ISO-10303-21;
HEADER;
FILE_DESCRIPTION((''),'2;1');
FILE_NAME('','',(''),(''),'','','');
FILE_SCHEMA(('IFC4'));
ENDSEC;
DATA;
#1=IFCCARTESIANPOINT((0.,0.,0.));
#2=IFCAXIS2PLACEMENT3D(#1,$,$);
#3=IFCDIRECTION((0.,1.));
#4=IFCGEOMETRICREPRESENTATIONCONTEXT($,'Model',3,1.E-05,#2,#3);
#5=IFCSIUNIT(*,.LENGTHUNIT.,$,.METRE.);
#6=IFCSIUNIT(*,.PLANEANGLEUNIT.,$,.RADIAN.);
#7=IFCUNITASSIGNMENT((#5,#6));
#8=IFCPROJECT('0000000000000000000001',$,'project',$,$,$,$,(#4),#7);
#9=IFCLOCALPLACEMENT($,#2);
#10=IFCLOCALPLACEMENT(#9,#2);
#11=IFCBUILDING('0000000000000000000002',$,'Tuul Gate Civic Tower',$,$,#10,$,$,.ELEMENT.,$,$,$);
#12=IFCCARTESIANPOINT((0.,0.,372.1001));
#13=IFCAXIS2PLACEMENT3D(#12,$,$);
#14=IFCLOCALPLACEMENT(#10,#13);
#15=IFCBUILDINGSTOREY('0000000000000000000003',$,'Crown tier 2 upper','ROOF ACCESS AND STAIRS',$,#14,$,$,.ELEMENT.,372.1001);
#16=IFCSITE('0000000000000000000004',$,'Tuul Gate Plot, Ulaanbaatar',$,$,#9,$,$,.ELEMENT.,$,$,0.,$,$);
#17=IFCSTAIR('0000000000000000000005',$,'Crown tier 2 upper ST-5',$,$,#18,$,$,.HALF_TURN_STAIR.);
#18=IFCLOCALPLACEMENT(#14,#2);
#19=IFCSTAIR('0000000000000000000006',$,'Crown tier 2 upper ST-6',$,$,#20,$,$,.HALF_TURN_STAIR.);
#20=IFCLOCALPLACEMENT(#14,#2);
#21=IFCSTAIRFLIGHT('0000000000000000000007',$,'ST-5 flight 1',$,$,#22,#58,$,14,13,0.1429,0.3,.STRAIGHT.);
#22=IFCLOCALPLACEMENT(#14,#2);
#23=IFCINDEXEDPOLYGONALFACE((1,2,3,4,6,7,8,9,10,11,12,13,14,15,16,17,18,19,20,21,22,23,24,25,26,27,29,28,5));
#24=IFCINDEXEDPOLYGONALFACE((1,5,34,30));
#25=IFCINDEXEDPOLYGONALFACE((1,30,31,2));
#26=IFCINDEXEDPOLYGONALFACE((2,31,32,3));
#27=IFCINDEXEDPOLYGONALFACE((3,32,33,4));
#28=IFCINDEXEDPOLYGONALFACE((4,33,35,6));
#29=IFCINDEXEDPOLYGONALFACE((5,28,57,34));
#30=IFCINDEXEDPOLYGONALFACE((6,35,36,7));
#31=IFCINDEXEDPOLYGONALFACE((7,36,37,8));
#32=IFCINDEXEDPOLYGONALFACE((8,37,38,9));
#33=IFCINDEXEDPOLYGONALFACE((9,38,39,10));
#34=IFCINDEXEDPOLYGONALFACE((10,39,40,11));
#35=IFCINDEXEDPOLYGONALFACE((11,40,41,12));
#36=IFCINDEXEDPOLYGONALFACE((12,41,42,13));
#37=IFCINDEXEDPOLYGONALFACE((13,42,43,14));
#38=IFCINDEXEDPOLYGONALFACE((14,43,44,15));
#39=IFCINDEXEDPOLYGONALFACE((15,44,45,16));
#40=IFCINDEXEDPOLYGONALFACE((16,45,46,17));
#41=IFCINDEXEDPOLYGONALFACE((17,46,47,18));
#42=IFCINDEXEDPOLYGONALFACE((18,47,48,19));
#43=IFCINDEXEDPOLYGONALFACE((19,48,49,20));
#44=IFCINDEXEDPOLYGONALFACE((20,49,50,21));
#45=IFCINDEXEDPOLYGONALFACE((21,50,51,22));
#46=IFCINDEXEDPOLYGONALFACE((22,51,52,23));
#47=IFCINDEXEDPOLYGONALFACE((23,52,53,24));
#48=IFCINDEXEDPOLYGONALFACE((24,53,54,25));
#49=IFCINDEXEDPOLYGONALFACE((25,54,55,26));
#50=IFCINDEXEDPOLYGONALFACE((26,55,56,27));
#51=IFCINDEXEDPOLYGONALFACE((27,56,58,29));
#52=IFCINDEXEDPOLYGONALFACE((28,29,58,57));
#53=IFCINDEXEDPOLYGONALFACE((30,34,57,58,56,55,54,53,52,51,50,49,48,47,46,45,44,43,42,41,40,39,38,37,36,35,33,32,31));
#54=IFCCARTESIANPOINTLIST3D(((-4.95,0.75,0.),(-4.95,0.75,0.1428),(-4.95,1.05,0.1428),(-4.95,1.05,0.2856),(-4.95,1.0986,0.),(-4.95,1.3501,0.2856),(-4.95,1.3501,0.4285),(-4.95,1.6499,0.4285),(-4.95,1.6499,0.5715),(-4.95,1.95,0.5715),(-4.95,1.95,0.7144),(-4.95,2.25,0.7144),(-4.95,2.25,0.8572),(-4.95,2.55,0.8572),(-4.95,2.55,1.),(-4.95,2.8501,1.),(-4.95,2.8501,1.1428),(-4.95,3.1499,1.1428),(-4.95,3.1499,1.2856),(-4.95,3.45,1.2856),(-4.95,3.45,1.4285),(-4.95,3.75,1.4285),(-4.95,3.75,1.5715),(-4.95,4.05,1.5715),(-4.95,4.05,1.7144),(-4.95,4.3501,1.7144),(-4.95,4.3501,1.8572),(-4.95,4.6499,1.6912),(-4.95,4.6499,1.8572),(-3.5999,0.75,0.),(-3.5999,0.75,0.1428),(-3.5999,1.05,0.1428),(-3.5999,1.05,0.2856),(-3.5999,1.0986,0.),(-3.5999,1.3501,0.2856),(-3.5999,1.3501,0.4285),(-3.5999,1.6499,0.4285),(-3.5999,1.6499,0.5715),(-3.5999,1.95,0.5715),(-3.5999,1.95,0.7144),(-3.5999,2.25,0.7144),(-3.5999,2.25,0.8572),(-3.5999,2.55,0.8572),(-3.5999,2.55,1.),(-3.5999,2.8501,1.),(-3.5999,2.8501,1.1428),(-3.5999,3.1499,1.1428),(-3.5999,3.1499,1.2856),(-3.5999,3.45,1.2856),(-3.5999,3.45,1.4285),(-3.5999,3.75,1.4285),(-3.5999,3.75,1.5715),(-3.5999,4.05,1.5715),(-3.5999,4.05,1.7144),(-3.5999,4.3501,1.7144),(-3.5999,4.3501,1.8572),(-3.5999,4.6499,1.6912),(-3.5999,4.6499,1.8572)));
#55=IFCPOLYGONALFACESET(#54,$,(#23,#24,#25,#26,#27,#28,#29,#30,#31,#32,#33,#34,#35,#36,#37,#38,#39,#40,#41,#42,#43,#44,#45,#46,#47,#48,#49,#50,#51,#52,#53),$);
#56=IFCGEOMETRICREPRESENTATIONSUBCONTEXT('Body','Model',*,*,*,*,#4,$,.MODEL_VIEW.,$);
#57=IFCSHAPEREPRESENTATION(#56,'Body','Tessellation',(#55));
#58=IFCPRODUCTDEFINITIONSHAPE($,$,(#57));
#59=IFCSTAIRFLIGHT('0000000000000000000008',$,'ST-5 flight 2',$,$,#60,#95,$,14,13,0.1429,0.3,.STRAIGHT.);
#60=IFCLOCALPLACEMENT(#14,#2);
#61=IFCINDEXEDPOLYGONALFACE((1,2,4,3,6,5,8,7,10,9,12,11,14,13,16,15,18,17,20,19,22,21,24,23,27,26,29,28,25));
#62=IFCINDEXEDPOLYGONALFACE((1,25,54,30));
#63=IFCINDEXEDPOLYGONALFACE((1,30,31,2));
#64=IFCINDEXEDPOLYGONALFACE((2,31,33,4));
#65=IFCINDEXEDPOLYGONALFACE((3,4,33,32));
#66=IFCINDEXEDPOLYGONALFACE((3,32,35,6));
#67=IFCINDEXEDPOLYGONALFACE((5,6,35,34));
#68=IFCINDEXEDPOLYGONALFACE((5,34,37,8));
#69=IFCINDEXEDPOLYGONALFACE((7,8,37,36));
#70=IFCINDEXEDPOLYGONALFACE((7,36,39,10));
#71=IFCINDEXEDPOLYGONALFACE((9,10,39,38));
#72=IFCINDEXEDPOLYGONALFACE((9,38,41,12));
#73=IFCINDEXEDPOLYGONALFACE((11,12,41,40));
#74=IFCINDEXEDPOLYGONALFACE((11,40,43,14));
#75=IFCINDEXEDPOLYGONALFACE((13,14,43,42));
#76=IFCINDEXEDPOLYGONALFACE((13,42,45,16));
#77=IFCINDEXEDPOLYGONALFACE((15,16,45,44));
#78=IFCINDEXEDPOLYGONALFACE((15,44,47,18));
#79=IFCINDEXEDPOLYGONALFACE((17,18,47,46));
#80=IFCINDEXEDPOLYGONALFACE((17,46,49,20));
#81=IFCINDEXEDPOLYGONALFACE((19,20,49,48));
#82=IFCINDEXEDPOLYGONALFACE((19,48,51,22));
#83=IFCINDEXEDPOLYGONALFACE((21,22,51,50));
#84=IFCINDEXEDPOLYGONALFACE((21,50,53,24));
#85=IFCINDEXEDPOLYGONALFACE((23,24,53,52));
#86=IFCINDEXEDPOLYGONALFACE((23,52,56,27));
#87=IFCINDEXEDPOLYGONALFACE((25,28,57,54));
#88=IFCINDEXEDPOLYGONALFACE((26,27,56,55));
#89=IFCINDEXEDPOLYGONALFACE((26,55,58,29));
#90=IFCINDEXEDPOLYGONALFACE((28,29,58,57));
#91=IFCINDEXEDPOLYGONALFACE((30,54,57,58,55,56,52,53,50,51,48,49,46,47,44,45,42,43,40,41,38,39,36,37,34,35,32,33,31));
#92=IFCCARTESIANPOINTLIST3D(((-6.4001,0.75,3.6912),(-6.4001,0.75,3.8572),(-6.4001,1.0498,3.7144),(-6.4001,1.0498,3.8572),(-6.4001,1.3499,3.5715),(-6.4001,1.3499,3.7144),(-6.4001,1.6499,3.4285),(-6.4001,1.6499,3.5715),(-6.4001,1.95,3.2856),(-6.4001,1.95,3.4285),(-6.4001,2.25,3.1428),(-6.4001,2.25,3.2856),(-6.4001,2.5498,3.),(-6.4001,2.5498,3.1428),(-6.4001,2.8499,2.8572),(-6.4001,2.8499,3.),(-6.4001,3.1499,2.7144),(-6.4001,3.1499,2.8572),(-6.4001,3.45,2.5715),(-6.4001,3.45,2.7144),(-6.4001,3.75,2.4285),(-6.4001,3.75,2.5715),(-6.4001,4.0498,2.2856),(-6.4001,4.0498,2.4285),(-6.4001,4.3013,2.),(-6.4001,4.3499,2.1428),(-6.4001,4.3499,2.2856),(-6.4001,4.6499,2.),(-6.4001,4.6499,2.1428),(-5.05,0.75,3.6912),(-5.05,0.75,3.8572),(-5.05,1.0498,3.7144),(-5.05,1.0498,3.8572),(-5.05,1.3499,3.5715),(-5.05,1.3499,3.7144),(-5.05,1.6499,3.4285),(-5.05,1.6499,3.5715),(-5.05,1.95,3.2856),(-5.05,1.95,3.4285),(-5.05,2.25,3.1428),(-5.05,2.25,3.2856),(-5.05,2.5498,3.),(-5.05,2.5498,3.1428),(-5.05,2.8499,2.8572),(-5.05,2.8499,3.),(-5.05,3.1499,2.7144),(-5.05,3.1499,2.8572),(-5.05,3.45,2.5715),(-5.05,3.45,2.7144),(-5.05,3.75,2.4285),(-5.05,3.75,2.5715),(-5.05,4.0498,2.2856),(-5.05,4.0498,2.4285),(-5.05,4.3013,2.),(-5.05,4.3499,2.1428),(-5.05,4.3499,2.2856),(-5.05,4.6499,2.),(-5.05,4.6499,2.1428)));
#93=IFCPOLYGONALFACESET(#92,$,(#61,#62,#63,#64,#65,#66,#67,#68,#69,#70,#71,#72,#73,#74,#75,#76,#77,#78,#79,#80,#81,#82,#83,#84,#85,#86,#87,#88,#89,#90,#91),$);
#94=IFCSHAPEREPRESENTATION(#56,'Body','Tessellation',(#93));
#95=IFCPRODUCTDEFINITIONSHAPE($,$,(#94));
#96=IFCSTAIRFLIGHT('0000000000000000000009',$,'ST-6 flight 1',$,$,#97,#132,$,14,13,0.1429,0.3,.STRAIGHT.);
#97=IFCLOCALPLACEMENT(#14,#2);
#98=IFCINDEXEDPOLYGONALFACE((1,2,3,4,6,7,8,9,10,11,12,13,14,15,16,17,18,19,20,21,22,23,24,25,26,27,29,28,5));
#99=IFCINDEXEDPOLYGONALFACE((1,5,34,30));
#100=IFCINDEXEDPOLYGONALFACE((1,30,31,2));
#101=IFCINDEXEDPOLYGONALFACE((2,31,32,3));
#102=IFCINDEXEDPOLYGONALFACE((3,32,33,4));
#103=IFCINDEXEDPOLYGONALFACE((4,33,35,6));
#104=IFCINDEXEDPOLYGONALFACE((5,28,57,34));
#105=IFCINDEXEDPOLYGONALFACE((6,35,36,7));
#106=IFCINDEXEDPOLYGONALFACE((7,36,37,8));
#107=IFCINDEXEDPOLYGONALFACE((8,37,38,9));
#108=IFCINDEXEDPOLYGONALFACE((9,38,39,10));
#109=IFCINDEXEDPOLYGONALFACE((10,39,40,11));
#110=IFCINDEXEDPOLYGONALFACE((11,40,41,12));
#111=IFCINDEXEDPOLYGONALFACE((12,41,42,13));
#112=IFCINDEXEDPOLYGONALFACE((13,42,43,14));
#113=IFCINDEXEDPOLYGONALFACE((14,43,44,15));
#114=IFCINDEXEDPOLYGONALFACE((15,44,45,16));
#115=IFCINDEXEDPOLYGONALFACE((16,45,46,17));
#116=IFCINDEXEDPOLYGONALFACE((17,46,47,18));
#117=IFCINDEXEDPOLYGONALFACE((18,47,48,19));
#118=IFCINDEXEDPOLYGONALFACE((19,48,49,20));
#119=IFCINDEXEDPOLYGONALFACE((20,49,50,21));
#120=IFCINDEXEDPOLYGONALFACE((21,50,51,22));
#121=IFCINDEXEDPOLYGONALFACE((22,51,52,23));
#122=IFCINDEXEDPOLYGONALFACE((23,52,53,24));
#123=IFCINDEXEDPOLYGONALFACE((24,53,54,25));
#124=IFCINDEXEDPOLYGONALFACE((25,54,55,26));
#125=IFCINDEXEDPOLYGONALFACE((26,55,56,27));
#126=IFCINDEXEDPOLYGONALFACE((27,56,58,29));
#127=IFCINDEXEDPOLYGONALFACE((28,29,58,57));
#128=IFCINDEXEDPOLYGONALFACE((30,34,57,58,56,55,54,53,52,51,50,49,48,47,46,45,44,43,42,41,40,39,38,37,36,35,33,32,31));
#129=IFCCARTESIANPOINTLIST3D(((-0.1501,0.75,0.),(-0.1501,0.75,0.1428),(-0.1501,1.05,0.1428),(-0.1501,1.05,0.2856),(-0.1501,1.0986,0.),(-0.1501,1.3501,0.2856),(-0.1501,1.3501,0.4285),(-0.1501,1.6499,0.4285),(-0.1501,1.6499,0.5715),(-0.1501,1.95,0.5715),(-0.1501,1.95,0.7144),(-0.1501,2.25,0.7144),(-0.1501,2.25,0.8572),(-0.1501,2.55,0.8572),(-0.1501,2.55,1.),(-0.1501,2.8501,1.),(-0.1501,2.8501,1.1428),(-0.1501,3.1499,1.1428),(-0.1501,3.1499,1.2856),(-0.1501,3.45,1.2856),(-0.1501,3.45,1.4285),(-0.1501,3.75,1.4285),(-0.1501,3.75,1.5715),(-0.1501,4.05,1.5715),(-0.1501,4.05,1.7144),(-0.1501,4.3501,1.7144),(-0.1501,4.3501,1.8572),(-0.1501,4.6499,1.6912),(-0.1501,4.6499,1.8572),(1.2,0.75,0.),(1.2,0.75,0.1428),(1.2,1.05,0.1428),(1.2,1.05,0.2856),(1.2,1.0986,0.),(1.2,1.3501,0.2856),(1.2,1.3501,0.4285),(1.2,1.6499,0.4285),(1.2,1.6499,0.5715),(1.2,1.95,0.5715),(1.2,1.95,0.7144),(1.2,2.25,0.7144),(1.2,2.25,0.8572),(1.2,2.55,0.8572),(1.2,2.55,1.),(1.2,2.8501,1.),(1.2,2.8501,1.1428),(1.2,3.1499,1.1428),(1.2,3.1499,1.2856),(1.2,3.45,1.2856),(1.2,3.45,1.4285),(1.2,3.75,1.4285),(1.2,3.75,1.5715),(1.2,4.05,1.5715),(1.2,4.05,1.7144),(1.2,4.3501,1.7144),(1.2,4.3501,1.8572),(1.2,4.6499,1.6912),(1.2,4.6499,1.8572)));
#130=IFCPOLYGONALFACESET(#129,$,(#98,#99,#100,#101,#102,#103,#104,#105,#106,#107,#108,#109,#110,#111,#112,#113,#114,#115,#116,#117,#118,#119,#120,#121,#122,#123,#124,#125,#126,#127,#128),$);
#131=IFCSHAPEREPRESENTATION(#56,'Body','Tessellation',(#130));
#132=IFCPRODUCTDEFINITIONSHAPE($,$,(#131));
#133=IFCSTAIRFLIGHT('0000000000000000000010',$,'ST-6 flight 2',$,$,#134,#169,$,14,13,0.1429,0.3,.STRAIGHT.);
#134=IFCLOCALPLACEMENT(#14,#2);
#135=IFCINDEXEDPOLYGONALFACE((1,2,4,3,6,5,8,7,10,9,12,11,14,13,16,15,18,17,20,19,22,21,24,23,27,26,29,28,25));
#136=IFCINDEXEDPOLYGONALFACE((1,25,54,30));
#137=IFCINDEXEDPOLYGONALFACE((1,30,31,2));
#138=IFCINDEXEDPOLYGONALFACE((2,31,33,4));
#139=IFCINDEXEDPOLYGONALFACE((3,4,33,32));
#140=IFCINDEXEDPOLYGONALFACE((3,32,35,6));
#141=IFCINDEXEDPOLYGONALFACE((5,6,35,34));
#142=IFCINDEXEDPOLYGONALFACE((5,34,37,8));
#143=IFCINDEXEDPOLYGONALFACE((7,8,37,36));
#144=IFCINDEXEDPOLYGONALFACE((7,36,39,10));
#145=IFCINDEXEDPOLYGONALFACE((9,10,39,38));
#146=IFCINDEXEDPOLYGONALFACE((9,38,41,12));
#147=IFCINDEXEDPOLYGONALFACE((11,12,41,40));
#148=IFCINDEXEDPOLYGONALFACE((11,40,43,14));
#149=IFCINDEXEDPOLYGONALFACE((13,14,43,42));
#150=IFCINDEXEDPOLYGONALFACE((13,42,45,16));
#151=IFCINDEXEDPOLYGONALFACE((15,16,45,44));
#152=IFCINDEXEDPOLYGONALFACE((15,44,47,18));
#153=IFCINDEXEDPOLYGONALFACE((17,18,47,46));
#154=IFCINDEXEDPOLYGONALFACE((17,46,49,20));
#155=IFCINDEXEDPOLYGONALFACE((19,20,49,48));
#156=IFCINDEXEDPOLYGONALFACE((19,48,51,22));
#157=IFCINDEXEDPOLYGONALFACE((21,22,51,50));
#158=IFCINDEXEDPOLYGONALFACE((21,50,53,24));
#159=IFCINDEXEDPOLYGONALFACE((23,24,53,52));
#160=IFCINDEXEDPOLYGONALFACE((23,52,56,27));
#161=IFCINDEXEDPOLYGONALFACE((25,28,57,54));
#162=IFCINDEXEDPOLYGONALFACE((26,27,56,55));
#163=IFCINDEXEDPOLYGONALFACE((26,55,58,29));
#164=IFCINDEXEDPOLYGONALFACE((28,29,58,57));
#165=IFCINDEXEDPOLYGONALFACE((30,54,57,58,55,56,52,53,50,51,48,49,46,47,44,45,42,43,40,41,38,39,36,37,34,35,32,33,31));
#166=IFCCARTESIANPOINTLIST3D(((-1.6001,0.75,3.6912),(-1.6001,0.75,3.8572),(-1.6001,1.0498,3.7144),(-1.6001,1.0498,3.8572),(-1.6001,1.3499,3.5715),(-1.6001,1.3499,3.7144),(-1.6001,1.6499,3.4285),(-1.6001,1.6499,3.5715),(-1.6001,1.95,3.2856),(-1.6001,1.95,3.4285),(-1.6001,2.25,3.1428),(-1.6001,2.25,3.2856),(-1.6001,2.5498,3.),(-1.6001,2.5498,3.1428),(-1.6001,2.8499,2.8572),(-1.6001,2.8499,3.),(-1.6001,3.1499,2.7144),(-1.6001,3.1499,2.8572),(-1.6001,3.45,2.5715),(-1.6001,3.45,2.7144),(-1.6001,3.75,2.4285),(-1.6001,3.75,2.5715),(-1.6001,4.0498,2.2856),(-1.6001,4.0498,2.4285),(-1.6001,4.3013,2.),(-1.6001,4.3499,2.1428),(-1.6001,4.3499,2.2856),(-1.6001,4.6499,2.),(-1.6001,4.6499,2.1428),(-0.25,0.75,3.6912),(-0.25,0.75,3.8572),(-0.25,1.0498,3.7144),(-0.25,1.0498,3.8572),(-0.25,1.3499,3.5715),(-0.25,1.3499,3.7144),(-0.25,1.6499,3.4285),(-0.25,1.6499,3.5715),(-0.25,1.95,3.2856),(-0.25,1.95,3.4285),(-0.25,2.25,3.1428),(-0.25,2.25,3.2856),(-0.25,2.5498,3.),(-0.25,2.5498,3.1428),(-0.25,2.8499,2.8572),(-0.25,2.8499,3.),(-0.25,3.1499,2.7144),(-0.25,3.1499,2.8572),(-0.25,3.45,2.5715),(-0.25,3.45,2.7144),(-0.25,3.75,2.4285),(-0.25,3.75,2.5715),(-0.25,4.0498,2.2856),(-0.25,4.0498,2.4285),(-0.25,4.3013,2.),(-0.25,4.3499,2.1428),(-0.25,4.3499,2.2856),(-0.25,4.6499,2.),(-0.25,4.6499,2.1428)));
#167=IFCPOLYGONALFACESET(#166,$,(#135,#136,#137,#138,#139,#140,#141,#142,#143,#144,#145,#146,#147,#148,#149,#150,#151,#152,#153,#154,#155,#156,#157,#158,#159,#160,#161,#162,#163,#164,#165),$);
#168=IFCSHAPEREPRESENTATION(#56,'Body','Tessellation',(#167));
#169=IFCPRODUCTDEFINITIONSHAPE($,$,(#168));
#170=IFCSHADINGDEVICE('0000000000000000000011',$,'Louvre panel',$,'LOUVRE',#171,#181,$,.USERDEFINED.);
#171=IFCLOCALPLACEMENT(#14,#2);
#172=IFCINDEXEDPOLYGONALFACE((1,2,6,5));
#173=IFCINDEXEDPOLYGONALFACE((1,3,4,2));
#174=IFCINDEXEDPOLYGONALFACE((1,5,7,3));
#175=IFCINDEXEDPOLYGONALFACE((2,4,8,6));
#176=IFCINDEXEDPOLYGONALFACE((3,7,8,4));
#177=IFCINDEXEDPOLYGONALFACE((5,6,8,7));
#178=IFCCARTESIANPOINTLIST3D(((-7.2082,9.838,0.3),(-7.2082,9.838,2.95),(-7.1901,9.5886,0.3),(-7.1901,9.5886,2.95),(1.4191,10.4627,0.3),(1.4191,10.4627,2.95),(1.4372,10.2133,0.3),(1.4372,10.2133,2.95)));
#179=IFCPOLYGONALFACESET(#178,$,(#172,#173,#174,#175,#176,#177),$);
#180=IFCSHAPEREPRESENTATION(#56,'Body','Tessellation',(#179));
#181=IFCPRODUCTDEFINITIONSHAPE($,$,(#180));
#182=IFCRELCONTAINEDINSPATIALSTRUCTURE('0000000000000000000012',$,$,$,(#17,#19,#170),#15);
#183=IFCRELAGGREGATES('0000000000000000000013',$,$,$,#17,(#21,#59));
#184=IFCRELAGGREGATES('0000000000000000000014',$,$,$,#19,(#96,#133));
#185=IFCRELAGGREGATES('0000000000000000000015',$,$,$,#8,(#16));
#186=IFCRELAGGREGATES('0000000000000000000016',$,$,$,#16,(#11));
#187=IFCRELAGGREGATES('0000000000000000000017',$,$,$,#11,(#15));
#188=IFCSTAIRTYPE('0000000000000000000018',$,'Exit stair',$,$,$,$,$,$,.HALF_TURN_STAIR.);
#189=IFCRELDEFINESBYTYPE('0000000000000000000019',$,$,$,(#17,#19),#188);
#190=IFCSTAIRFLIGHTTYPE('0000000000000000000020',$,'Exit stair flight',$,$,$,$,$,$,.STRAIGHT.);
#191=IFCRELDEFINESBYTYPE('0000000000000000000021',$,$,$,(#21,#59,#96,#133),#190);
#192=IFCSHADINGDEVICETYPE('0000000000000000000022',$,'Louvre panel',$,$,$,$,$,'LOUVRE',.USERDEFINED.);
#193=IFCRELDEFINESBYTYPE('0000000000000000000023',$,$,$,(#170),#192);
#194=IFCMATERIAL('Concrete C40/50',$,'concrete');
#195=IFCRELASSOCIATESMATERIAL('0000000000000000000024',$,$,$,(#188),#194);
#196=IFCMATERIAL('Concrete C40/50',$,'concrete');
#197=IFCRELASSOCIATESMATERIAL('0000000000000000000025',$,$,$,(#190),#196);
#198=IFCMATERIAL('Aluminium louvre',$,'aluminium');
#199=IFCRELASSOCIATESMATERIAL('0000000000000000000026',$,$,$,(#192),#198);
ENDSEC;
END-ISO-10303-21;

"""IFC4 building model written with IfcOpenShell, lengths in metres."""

from ifc_helpers import new_model, si_unit, direction, frame, origin, origin_2d, place, context, subcontext, project, spatial, polyline, rectangle, outline, extrude, material, type_object, element, aggregate, save


model = new_model("IFC4")

# Units and contexts
model_context = context("Model", 3, precision=1e-05, world=origin(), true_north=direction((0.0, 1.0)))
body_context = subcontext(model_context, "Body", "Model", "MODEL_VIEW")
ifc_project = project(units=[si_unit("LENGTHUNIT", "METRE"), si_unit("PLANEANGLEUNIT", "RADIAN")], contexts=[model_context])

# Site, building, storey
site_placement = place(None, origin())
site = spatial("IfcSite", under=ifc_project, at=site_placement, Name="Tuul Gate Plot, Ulaanbaatar", CompositionType="ELEMENT", RefElevation=0.0)
building_placement = place(site_placement, origin())
building = spatial("IfcBuilding", under=site, at=building_placement, Name="Tuul Gate Civic Tower", CompositionType="ELEMENT")
storey_placement = place(building_placement, frame((0.0, 0.0, 372.1001)))
storey = spatial("IfcBuildingStorey", under=building, at=storey_placement, Name="Crown tier 2 upper", Description="ROOF ACCESS AND STAIRS", CompositionType="ELEMENT", Elevation=372.1001)

# Stairs
ifc_material_1 = material(Name="Concrete C40/50", Category="concrete")
stair_type = type_object("IfcStairType", Name="Exit stair", PredefinedType="HALF_TURN_STAIR", material=ifc_material_1)
stair_1_placement = place(storey_placement, origin())
stair_1 = element("IfcStair", 1, at=stair_1_placement, inside=storey, type_object=stair_type, Name="Crown tier 2 upper ST-5", PredefinedType="HALF_TURN_STAIR")
stair_2_placement = place(storey_placement, origin())
stair_2 = element("IfcStair", 2, at=stair_2_placement, inside=storey, type_object=stair_type, Name="Crown tier 2 upper ST-6", PredefinedType="HALF_TURN_STAIR")

# Stair flights
ifc_material_2 = material(Name="Concrete C40/50", Category="concrete")
stair_flight_type = type_object("IfcStairFlightType", Name="Exit stair flight", PredefinedType="STRAIGHT", material=ifc_material_2)
stair_flight_1_placement = place(storey_placement, frame((-4.2749, 0.75, 0.0), z_axis=(0.0, 0.0, 1.0), x_axis=(0.0, 1.0, 0.0)))
stair_flight_1 = element("IfcStairFlight", 3, at=stair_flight_1_placement, type_object=stair_flight_type, Name="ST-5 flight 1", NumberOfRisers=14, NumberOfTreads=13, PredefinedType="STRAIGHT", RiserHeight=0.1429, TreadLength=0.3, context=body_context, shape_type="SweptSolid", body=[
    extrude(outline(polyline([(0.0, 0.0), (0.0, 0.1428), (0.3, 0.1428), (0.3, 0.2856), (0.6001, 0.2856), (0.6001, 0.4285), (0.8999, 0.4285), (0.8999, 0.5715), (1.2, 0.5715), (1.2, 0.7144), (1.5, 0.7144), (1.5, 0.8572), (1.8, 0.8572), (1.8, 1.0), (2.1001, 1.0), (2.1001, 1.1428), (2.3999, 1.1428), (2.3999, 1.2856), (2.7, 1.2856), (2.7, 1.4285), (3.0, 1.4285), (3.0, 1.5715), (3.3, 1.5715), (3.3, 1.7144), (3.6001, 1.7144), (3.6001, 1.8572), (3.8999, 1.8572), (3.8999, 2.0), (3.8999, 1.6912), (0.3486, 0.0), (0.0, 0.0)])), frame((0.0, 0.675, 0.0), z_axis=(0.0, -1.0, 0.0), x_axis=(1.0, 0.0, 0.0)), (0.0, 0.0, 1.0), 1.3501),
])
stair_flight_2_placement = place(storey_placement, frame((-5.7251, 4.6499, 2.0), z_axis=(0.0, 0.0, 1.0), x_axis=(0.0, -1.0, 0.0)))
stair_flight_2 = element("IfcStairFlight", 4, at=stair_flight_2_placement, type_object=stair_flight_type, Name="ST-5 flight 2", NumberOfRisers=14, NumberOfTreads=13, PredefinedType="STRAIGHT", RiserHeight=0.1429, TreadLength=0.3, context=body_context, shape_type="SweptSolid", body=[
    extrude(outline(polyline([(0.0, 0.0), (0.0, 0.1428), (0.3, 0.1428), (0.3, 0.2856), (0.6001, 0.2856), (0.6001, 0.4285), (0.8999, 0.4285), (0.8999, 0.5715), (1.2, 0.5715), (1.2, 0.7144), (1.5, 0.7144), (1.5, 0.8572), (1.8, 0.8572), (1.8, 1.0), (2.1001, 1.0), (2.1001, 1.1428), (2.3999, 1.1428), (2.3999, 1.2856), (2.7, 1.2856), (2.7, 1.4285), (3.0, 1.4285), (3.0, 1.5715), (3.3, 1.5715), (3.3, 1.7144), (3.6001, 1.7144), (3.6001, 1.8572), (3.8999, 1.8572), (3.8999, 2.0), (3.8999, 1.6912), (0.3486, 0.0), (0.0, 0.0)])), frame((0.0, 0.675, 0.0), z_axis=(0.0, -1.0, 0.0), x_axis=(1.0, 0.0, 0.0)), (0.0, 0.0, 1.0), 1.3501),
])
aggregate(stair_1, [stair_flight_1, stair_flight_2])
stair_flight_3_placement = place(storey_placement, frame((0.5249, 0.75, 0.0), z_axis=(0.0, 0.0, 1.0), x_axis=(0.0, 1.0, 0.0)))
stair_flight_3 = element("IfcStairFlight", 5, at=stair_flight_3_placement, type_object=stair_flight_type, Name="ST-6 flight 1", NumberOfRisers=14, NumberOfTreads=13, PredefinedType="STRAIGHT", RiserHeight=0.1429, TreadLength=0.3, context=body_context, shape_type="SweptSolid", body=[
    extrude(outline(polyline([(0.0, 0.0), (0.0, 0.1428), (0.3, 0.1428), (0.3, 0.2856), (0.6001, 0.2856), (0.6001, 0.4285), (0.8999, 0.4285), (0.8999, 0.5715), (1.2, 0.5715), (1.2, 0.7144), (1.5, 0.7144), (1.5, 0.8572), (1.8, 0.8572), (1.8, 1.0), (2.1001, 1.0), (2.1001, 1.1428), (2.3999, 1.1428), (2.3999, 1.2856), (2.7, 1.2856), (2.7, 1.4285), (3.0, 1.4285), (3.0, 1.5715), (3.3, 1.5715), (3.3, 1.7144), (3.6001, 1.7144), (3.6001, 1.8572), (3.8999, 1.8572), (3.8999, 2.0), (3.8999, 1.6912), (0.3486, 0.0), (0.0, 0.0)])), frame((0.0, 0.675, 0.0), z_axis=(0.0, -1.0, 0.0), x_axis=(1.0, 0.0, 0.0)), (0.0, 0.0, 1.0), 1.3501),
])
stair_flight_4_placement = place(storey_placement, frame((-0.925, 4.6499, 2.0), z_axis=(0.0, 0.0, 1.0), x_axis=(0.0, -1.0, 0.0)))
stair_flight_4 = element("IfcStairFlight", 6, at=stair_flight_4_placement, type_object=stair_flight_type, Name="ST-6 flight 2", NumberOfRisers=14, NumberOfTreads=13, PredefinedType="STRAIGHT", RiserHeight=0.1429, TreadLength=0.3, context=body_context, shape_type="SweptSolid", body=[
    extrude(outline(polyline([(0.0, 0.0), (0.0, 0.1428), (0.3, 0.1428), (0.3, 0.2856), (0.6001, 0.2856), (0.6001, 0.4285), (0.8999, 0.4285), (0.8999, 0.5715), (1.2, 0.5715), (1.2, 0.7144), (1.5, 0.7144), (1.5, 0.8572), (1.8, 0.8572), (1.8, 1.0), (2.1001, 1.0), (2.1001, 1.1428), (2.3999, 1.1428), (2.3999, 1.2856), (2.7, 1.2856), (2.7, 1.4285), (3.0, 1.4285), (3.0, 1.5715), (3.3, 1.5715), (3.3, 1.7144), (3.6001, 1.7144), (3.6001, 1.8572), (3.8999, 1.8572), (3.8999, 2.0), (3.8999, 1.6912), (0.3486, 0.0), (0.0, 0.0)])), frame((0.0, 0.675, 0.0), z_axis=(0.0, -1.0, 0.0), x_axis=(1.0, 0.0, 0.0)), (0.0, 0.0, 1.0), 1.3501),
])
aggregate(stair_2, [stair_flight_3, stair_flight_4])

# Shading device
ifc_material_3 = material(Name="Aluminium louvre", Category="aluminium")
shading_device_type = type_object("IfcShadingDeviceType", Name="Louvre panel", ElementType="LOUVRE", PredefinedType="USERDEFINED", material=ifc_material_3)
shading_device_1_placement = place(storey_placement, frame((-2.8855, 10.0256, 0.3), z_axis=(0.0, 0.0, 1.0), x_axis=(-0.072219, 0.997389, 0.0)))
element("IfcShadingDevice", 7, at=shading_device_1_placement, inside=storey, type_object=shading_device_type, Name="Louvre panel", ObjectType="LOUVRE", PredefinedType="USERDEFINED", context=body_context, shape_type="SweptSolid", body=[
    extrude(rectangle(XDim=0.25, YDim=8.6499, at=origin_2d()), origin(), (0.0, 0.0, 1.0), 2.6499),
])

save(model, "model.ifc")
